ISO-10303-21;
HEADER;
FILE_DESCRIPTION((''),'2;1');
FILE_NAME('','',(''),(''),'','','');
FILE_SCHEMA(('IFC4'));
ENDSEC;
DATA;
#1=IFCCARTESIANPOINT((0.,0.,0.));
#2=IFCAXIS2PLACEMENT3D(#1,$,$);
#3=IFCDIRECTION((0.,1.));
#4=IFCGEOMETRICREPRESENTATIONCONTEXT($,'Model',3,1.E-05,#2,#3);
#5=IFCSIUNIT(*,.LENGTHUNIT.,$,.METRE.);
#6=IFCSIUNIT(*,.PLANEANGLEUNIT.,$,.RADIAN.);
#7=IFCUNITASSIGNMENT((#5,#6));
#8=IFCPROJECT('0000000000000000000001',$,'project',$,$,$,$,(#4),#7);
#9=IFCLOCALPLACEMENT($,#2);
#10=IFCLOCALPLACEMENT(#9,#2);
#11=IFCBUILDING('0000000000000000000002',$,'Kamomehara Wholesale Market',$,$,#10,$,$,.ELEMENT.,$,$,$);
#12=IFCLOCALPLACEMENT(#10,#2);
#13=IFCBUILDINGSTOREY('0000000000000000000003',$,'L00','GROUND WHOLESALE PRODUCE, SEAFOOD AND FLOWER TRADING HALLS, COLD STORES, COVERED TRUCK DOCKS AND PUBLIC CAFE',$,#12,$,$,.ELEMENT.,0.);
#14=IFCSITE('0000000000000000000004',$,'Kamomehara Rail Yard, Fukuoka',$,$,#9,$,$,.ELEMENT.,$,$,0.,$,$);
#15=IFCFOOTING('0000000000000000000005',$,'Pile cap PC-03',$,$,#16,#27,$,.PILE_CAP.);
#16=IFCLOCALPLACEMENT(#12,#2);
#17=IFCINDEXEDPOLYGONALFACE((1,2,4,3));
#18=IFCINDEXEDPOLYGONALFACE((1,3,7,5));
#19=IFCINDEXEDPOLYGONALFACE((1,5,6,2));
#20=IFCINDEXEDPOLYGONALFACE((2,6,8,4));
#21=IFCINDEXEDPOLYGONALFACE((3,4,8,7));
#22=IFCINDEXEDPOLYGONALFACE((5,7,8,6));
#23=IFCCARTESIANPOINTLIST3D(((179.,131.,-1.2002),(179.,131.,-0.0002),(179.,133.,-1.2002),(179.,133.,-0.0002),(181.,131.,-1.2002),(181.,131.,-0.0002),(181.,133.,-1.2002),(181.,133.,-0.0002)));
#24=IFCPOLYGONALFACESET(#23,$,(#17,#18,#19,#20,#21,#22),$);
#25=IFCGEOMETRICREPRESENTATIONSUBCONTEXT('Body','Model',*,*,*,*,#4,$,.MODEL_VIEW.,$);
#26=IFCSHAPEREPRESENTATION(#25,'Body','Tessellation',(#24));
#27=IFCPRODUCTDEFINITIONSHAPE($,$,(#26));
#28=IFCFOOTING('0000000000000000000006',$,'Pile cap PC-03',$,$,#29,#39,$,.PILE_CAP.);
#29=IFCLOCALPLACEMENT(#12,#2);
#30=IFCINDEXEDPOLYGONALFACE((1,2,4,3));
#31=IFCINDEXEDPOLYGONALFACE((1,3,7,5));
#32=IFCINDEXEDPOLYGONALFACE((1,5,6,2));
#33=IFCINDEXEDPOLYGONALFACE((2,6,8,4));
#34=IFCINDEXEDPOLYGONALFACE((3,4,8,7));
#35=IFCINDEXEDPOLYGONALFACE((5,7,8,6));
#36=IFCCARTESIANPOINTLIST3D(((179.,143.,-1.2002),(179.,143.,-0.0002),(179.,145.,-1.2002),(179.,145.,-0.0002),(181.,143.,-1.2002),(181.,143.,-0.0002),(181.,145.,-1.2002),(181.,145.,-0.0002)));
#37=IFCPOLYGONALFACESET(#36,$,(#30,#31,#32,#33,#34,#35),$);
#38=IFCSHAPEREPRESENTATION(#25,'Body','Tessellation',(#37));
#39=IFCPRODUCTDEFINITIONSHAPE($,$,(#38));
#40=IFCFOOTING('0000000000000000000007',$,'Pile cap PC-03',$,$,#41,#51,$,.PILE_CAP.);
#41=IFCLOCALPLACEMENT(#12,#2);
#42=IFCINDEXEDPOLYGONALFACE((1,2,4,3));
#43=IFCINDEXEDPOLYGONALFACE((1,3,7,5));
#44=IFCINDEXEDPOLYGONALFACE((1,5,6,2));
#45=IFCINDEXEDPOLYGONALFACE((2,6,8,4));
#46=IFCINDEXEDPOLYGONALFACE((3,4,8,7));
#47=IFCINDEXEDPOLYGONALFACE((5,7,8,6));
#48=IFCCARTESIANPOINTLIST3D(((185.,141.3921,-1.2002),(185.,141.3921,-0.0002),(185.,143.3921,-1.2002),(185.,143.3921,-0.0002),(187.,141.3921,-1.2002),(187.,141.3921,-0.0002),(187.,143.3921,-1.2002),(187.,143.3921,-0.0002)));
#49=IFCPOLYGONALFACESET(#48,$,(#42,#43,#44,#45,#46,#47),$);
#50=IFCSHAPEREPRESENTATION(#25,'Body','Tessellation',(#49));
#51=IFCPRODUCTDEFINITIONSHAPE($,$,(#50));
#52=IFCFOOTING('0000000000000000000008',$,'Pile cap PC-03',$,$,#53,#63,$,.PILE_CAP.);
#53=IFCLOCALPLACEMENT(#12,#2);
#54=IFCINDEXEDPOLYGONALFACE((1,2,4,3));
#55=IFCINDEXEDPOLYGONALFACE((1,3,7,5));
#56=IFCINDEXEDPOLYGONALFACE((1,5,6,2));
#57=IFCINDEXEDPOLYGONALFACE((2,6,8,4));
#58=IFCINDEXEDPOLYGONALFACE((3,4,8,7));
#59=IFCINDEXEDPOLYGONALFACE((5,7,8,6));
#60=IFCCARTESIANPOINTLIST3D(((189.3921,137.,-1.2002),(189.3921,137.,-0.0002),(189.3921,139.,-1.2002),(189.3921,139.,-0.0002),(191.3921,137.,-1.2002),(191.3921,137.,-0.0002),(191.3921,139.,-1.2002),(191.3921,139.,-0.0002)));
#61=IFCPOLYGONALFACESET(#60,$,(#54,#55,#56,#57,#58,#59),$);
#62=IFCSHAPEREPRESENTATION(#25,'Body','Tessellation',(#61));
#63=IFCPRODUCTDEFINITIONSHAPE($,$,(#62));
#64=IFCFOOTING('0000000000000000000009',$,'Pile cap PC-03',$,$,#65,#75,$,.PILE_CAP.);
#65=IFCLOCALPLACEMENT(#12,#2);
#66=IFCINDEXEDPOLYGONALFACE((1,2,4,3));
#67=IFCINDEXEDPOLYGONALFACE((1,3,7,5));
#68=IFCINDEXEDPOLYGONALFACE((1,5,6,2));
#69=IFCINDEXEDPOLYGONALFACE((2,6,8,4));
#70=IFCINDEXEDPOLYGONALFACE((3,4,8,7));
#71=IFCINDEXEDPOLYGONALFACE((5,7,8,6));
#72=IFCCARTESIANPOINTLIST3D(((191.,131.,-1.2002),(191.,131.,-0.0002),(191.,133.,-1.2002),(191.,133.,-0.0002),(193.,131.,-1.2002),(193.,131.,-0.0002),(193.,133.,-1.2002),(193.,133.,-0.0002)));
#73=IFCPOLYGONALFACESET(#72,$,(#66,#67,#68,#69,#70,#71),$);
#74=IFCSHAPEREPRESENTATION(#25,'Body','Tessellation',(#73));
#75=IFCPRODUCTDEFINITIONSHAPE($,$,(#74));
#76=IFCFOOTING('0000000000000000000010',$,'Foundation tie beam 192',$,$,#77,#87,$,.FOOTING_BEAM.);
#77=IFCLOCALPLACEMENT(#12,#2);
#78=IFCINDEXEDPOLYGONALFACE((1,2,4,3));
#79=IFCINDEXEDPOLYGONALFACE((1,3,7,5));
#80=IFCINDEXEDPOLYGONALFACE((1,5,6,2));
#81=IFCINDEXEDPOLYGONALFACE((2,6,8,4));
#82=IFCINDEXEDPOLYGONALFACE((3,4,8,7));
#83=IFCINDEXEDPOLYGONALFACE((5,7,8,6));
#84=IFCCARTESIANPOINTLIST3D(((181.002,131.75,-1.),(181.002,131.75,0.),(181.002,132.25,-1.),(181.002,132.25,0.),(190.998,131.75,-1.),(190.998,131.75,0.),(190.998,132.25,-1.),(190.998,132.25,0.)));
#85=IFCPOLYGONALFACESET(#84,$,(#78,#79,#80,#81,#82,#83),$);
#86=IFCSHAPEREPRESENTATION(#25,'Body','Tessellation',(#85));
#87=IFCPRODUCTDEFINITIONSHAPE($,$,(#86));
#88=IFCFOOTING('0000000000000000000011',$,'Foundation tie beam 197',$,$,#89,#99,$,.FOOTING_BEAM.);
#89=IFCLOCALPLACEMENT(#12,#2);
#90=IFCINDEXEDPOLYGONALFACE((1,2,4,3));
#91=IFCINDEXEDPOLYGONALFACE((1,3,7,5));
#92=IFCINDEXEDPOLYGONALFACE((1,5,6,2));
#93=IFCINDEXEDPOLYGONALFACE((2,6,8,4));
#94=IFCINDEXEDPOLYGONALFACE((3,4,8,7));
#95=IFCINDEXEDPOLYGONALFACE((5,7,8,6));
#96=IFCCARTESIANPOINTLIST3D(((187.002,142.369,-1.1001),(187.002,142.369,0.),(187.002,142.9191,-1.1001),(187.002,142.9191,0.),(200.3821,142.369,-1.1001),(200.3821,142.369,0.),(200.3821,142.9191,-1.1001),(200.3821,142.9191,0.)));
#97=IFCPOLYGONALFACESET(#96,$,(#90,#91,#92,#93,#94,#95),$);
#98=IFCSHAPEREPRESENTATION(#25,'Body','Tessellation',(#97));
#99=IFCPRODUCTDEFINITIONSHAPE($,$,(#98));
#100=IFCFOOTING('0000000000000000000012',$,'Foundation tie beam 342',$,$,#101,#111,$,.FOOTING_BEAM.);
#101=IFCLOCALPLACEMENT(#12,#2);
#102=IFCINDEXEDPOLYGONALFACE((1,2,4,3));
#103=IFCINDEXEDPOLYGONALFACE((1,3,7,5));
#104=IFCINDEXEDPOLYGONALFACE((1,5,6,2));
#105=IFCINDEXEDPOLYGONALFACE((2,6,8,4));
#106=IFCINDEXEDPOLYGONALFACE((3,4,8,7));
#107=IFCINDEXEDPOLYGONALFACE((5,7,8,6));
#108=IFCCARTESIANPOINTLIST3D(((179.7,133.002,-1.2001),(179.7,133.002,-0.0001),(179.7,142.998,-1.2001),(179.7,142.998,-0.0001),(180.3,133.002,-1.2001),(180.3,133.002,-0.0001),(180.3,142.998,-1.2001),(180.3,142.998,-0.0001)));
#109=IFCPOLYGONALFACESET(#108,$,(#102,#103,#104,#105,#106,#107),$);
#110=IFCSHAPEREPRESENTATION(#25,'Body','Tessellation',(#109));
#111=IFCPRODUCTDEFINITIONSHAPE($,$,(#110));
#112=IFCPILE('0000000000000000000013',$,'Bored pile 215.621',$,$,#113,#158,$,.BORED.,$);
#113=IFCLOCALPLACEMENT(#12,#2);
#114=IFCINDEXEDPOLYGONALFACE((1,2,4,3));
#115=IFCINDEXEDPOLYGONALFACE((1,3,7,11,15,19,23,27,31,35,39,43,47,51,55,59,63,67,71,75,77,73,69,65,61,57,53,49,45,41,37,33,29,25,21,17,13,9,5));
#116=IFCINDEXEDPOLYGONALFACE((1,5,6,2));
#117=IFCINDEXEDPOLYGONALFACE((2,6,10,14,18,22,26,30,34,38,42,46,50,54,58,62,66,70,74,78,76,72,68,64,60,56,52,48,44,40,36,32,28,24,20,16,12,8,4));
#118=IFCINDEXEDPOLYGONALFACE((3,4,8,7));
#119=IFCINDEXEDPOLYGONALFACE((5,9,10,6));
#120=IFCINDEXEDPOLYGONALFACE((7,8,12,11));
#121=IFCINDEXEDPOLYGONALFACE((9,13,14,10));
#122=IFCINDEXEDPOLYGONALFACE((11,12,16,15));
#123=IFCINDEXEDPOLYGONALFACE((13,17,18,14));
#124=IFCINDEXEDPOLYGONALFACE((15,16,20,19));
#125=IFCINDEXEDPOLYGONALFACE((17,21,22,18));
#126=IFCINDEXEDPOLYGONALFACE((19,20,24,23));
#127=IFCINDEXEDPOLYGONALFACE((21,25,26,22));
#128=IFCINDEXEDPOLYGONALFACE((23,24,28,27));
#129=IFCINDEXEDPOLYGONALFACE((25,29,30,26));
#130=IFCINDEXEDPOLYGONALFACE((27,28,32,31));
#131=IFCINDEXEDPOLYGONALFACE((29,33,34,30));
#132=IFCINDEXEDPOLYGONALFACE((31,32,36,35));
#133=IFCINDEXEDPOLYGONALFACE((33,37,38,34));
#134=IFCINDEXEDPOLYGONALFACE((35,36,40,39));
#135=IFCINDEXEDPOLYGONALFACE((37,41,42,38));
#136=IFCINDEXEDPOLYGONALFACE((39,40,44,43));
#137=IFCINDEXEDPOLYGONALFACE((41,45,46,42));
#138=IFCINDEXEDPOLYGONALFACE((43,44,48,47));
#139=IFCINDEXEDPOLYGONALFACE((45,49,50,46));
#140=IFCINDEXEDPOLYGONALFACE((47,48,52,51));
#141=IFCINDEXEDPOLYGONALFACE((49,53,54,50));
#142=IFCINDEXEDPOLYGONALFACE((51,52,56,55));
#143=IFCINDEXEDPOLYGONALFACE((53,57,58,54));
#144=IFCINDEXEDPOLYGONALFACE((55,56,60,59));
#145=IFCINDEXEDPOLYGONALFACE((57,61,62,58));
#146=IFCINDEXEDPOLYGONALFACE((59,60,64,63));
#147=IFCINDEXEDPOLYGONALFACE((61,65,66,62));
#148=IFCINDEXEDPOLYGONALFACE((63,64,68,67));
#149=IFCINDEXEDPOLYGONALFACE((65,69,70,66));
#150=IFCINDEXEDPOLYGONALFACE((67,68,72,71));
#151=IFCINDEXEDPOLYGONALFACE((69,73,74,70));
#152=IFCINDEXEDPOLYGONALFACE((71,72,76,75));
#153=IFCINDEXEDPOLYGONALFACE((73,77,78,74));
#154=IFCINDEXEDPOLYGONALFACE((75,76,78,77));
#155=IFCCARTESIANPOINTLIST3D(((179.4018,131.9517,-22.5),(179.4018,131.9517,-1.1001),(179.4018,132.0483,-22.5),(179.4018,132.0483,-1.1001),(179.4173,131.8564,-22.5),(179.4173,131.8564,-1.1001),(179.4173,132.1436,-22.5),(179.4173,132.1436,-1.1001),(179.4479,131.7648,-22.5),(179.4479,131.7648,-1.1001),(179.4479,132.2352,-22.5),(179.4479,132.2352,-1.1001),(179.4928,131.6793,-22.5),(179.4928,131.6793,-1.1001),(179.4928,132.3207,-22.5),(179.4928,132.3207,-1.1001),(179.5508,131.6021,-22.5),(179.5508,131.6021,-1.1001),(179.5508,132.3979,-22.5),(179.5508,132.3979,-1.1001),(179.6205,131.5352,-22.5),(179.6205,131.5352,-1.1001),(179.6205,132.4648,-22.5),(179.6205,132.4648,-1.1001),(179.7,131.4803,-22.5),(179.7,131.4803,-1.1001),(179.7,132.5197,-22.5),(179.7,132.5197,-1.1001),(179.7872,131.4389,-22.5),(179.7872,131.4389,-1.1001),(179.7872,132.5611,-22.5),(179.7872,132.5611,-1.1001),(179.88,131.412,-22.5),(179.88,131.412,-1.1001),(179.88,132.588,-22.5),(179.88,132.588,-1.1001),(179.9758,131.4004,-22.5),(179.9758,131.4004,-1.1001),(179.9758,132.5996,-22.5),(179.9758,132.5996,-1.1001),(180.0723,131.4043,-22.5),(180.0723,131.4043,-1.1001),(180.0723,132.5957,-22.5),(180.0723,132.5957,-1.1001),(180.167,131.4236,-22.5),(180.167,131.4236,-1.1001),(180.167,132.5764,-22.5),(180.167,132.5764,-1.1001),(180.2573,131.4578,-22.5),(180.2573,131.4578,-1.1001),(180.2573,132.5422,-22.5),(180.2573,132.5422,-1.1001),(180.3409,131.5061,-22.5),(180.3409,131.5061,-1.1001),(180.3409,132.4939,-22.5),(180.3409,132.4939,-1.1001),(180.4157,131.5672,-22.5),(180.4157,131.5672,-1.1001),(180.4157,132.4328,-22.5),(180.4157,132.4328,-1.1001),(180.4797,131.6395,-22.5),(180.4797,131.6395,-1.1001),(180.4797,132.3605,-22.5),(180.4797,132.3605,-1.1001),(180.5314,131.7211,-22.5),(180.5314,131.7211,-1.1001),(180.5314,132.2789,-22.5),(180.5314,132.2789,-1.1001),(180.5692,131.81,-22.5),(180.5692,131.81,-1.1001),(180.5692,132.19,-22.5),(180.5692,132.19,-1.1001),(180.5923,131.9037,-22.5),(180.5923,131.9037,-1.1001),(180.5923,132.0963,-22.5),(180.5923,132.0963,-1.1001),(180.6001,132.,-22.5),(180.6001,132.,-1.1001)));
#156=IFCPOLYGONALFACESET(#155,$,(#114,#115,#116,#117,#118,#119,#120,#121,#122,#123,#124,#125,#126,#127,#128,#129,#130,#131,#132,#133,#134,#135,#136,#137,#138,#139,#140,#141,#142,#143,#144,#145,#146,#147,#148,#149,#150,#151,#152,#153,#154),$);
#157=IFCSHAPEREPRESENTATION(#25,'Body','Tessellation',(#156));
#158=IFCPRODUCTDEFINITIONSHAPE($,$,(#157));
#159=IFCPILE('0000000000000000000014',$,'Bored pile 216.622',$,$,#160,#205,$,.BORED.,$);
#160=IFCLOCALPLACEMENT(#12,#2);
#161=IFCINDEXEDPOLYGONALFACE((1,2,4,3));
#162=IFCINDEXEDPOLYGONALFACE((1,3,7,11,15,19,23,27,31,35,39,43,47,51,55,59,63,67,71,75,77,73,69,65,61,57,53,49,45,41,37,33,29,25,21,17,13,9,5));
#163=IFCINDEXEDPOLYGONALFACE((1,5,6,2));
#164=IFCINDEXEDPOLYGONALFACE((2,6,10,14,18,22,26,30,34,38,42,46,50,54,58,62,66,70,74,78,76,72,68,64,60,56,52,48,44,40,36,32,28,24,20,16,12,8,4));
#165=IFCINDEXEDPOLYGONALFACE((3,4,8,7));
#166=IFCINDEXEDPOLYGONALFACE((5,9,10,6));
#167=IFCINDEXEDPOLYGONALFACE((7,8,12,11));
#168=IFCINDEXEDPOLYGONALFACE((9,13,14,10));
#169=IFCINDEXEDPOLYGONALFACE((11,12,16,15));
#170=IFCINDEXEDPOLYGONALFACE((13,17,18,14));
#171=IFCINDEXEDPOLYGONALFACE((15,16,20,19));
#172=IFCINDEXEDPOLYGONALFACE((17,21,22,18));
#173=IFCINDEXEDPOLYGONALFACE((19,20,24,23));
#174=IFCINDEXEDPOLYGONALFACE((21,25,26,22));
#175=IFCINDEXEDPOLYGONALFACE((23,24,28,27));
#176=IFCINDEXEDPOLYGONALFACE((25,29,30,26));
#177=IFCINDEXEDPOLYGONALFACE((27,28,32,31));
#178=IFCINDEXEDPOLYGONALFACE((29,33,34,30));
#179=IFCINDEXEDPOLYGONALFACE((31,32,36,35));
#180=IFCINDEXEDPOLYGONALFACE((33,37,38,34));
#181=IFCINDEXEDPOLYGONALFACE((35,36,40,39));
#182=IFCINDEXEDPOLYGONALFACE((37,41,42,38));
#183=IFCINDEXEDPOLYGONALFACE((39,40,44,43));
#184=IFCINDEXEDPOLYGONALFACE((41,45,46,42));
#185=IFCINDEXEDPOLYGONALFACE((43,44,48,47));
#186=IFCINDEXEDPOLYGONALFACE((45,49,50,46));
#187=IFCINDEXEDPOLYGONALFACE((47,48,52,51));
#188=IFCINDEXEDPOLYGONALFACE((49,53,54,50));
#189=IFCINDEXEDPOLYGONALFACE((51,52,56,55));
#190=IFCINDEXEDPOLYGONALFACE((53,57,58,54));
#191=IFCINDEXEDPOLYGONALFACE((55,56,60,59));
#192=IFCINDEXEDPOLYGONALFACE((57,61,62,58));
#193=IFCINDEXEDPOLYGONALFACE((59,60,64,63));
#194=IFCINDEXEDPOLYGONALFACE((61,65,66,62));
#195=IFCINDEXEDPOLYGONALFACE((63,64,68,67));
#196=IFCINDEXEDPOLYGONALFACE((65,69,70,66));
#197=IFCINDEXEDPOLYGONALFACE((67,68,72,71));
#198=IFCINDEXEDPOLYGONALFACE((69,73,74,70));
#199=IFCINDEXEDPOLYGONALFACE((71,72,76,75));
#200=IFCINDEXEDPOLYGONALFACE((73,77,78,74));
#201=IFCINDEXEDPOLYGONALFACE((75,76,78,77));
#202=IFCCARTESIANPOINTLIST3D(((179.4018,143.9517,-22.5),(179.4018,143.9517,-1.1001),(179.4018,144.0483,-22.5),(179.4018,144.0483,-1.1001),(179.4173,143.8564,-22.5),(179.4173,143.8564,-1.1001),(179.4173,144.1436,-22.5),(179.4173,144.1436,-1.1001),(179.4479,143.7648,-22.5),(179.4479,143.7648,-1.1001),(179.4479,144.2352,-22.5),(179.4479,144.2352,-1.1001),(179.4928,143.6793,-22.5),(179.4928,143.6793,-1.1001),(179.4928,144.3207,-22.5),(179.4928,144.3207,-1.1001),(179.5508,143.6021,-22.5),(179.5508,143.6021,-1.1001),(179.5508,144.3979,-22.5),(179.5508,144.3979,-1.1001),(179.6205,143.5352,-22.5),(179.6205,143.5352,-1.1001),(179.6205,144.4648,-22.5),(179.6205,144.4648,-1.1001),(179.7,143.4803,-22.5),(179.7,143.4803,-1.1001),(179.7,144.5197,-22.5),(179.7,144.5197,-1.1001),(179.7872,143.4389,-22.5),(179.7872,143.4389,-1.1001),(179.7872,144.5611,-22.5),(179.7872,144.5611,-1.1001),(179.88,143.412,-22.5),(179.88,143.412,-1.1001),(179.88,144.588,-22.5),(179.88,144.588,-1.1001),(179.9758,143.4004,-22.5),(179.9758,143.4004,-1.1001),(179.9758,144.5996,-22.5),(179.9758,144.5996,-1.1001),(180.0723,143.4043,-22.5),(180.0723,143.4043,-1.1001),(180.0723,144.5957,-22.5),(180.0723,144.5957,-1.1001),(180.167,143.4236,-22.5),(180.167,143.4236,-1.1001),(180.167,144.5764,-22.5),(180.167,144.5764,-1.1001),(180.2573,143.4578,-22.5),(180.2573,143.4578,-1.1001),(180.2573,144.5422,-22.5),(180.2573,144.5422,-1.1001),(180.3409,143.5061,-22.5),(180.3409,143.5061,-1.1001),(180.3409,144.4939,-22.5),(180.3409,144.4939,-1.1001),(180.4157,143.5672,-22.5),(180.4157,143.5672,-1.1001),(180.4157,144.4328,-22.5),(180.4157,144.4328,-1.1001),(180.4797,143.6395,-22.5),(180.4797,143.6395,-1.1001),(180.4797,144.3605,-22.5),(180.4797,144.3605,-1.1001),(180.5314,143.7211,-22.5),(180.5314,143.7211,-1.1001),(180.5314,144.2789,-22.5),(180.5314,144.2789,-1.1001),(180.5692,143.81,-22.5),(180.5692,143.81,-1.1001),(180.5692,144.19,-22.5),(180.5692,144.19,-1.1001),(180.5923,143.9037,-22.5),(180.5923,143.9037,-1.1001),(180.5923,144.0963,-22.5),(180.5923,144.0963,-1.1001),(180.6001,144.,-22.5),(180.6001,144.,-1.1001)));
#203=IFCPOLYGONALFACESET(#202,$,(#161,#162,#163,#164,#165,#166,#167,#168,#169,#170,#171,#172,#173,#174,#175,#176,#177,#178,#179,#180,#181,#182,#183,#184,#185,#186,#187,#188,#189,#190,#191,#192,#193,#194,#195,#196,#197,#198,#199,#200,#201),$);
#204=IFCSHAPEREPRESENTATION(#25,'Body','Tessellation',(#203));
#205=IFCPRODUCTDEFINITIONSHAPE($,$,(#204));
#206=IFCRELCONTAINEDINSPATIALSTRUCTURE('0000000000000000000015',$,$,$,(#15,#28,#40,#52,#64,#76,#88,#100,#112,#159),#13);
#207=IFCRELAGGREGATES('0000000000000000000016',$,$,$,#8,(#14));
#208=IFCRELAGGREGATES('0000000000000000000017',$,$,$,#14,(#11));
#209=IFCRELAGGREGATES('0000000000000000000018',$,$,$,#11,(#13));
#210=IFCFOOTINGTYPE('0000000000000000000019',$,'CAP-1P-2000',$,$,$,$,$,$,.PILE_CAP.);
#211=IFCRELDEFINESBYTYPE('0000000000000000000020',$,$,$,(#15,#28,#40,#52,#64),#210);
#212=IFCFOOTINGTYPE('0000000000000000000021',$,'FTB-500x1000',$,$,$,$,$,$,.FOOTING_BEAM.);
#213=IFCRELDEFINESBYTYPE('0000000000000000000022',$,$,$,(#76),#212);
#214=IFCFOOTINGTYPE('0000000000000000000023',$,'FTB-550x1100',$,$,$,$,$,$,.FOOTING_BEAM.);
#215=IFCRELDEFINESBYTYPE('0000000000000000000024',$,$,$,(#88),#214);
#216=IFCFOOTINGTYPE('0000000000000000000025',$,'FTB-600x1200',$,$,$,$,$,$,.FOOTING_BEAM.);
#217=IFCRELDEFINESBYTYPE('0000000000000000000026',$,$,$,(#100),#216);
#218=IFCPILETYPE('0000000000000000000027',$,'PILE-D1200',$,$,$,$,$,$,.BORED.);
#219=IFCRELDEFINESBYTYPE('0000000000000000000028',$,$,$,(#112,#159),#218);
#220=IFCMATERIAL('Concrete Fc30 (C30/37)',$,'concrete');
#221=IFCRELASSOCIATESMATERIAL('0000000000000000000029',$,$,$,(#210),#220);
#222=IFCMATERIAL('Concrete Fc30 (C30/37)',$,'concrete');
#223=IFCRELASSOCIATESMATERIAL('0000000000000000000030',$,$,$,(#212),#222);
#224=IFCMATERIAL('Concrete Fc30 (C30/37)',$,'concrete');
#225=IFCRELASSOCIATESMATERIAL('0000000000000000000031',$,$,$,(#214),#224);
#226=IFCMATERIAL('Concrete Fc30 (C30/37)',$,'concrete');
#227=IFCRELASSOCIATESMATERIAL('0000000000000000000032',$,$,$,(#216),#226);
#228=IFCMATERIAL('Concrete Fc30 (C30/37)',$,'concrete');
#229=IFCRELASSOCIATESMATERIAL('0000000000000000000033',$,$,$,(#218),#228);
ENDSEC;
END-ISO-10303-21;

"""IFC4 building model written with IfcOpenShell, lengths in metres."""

from ifc_helpers import new_model, si_unit, direction, frame, origin, origin_2d, place, context, subcontext, project, spatial, rectangle, circle, extrude, material, material_profile, profile_set, type_object, element, save


model = new_model("IFC4")

# Units and contexts
model_context = context("Model", 3, precision=1e-05, world=origin(), true_north=direction((0.0, 1.0)))
body_context = subcontext(model_context, "Body", "Model", "MODEL_VIEW")
ifc_project = project(units=[si_unit("LENGTHUNIT", "METRE"), si_unit("PLANEANGLEUNIT", "RADIAN")], contexts=[model_context])

# Site, building, storey
site_placement = place(None, origin())
site = spatial("IfcSite", under=ifc_project, at=site_placement, Name="Kamomehara Rail Yard, Fukuoka", CompositionType="ELEMENT", RefElevation=0.0)
building_placement = place(site_placement, origin())
building = spatial("IfcBuilding", under=site, at=building_placement, Name="Kamomehara Wholesale Market", CompositionType="ELEMENT")
storey_placement = place(building_placement, origin())
storey = spatial("IfcBuildingStorey", under=building, at=storey_placement, Name="L00", Description="GROUND WHOLESALE PRODUCE, SEAFOOD AND FLOWER TRADING HALLS, COLD STORES, COVERED TRUCK DOCKS AND PUBLIC CAFE", CompositionType="ELEMENT", Elevation=0.0)

# Footings
ifc_material_1 = material(Name="Concrete Fc30 (C30/37)", Category="concrete")
footing_type_1 = type_object("IfcFootingType", Name="CAP-1P-2000", PredefinedType="PILE_CAP", material=ifc_material_1)
for number, where, z_axis, x_axis, name in (
    (1, (180.0, 132.0, -1.2002), (0.0, 0.0, 1.0), (1.0, 0.0, 0.0), "Pile cap PC-03"),
    (2, (180.0, 144.0, -1.2002), (0.0, 0.0, 1.0), (1.0, 0.0, 0.0), "Pile cap PC-03"),
    (3, (186.0, 142.3921, -1.2002), (0.0, 0.0, 1.0), (1.0, 0.0, 0.0), "Pile cap PC-03"),
    (4, (190.3921, 138.0, -1.2002), (0.0, 0.0, 1.0), (1.0, 0.0, 0.0), "Pile cap PC-03"),
    (5, (192.0, 132.0, -1.2002), (0.0, 0.0, 1.0), (1.0, 0.0, 0.0), "Pile cap PC-03"),
):
    element("IfcFooting", number, at=place(storey_placement, frame(where, z_axis=z_axis, x_axis=x_axis)), inside=storey, type_object=footing_type_1, Name=name, PredefinedType="PILE_CAP", context=body_context, shape_type="SweptSolid", body=[
        extrude(rectangle(XDim=2.0, YDim=2.0, at=origin_2d()), origin(), (0.0, 0.0, 1.0), 1.2),
    ])
ifc_material_2 = material(Name="Concrete Fc30 (C30/37)", Category="concrete")
ifc_material_profile_1 = material_profile(ifc_material_2, rectangle(XDim=0.5, YDim=1.0, at=origin_2d()), Name="RC-FTB-500x1000")
ifc_profile_set_1 = profile_set([ifc_material_profile_1], Name="Concrete Fc30 (C30/37)")
footing_type_2 = type_object("IfcFootingType", Name="FTB-500x1000", PredefinedType="FOOTING_BEAM", material=ifc_profile_set_1)
footing_1_placement = place(storey_placement, frame((181.002, 132.0, -0.5), z_axis=(1.0, 0.0, 0.0), x_axis=(0.0, 1.0, 0.0)))
element("IfcFooting", 6, at=footing_1_placement, inside=storey, type_object=footing_type_2, Name="Foundation tie beam 192", PredefinedType="FOOTING_BEAM", context=body_context, shape_type="SweptSolid", body=[
    extrude(rectangle(XDim=0.5, YDim=1.0, at=origin_2d()), origin(), (0.0, 0.0, 1.0), 9.9961),
])
ifc_material_3 = material(Name="Concrete Fc30 (C30/37)", Category="concrete")
ifc_material_profile_2 = material_profile(ifc_material_3, rectangle(XDim=0.55, YDim=1.1001, at=origin_2d()), Name="RC-FTB-550x1100")
ifc_profile_set_2 = profile_set([ifc_material_profile_2], Name="Concrete Fc30 (C30/37)")
footing_type_3 = type_object("IfcFootingType", Name="FTB-550x1100", PredefinedType="FOOTING_BEAM", material=ifc_profile_set_2)
footing_2_placement = place(storey_placement, frame((187.002, 142.644, -0.55), z_axis=(1.0, 0.0, 0.0), x_axis=(0.0, 1.0, 0.0)))
element("IfcFooting", 7, at=footing_2_placement, inside=storey, type_object=footing_type_3, Name="Foundation tie beam 197", PredefinedType="FOOTING_BEAM", context=body_context, shape_type="SweptSolid", body=[
    extrude(rectangle(XDim=0.55, YDim=1.1001, at=origin_2d()), origin(), (0.0, 0.0, 1.0), 13.3801),
])
ifc_material_4 = material(Name="Concrete Fc30 (C30/37)", Category="concrete")
ifc_material_profile_3 = material_profile(ifc_material_4, rectangle(XDim=0.6001, YDim=1.2, at=origin_2d()), Name="RC-FTB-600x1200")
ifc_profile_set_3 = profile_set([ifc_material_profile_3], Name="Concrete Fc30 (C30/37)")
footing_type_4 = type_object("IfcFootingType", Name="FTB-600x1200", PredefinedType="FOOTING_BEAM", material=ifc_profile_set_3)
footing_3_placement = place(storey_placement, frame((180.0, 133.002, -0.6001), z_axis=(0.0, 1.0, 0.0), x_axis=(-1.0, 0.0, 0.0)))
element("IfcFooting", 8, at=footing_3_placement, inside=storey, type_object=footing_type_4, Name="Foundation tie beam 342", PredefinedType="FOOTING_BEAM", context=body_context, shape_type="SweptSolid", body=[
    extrude(rectangle(XDim=0.6001, YDim=1.2, at=origin_2d()), origin(), (0.0, 0.0, 1.0), 9.9961),
])

# Piles
ifc_material_5 = material(Name="Concrete Fc30 (C30/37)", Category="concrete")
ifc_material_profile_4 = material_profile(ifc_material_5, circle(Radius=0.6001, at=origin_2d()), Name="RC-PILE-D1200")
ifc_profile_set_4 = profile_set([ifc_material_profile_4], Name="Concrete Fc30 (C30/37)")
pile_type = type_object("IfcPileType", Name="PILE-D1200", PredefinedType="BORED", material=ifc_profile_set_4)
for number, where, z_axis, x_axis, name in (
    (9, (180.0, 132.0, -1.1001), (0.0, 0.0, -1.0), (1.0, 0.0, 0.0), "Bored pile 215.621"),
    (10, (180.0, 144.0, -1.1001), (0.0, 0.0, -1.0), (1.0, 0.0, 0.0), "Bored pile 216.622"),
):
    element("IfcPile", number, at=place(storey_placement, frame(where, z_axis=z_axis, x_axis=x_axis)), inside=storey, type_object=pile_type, Name=name, PredefinedType="BORED", context=body_context, shape_type="SweptSolid", body=[
        extrude(circle(Radius=0.6001, at=origin_2d()), origin(), (0.0, 0.0, 1.0), 21.3999),
    ])

save(model, "model.ifc")
